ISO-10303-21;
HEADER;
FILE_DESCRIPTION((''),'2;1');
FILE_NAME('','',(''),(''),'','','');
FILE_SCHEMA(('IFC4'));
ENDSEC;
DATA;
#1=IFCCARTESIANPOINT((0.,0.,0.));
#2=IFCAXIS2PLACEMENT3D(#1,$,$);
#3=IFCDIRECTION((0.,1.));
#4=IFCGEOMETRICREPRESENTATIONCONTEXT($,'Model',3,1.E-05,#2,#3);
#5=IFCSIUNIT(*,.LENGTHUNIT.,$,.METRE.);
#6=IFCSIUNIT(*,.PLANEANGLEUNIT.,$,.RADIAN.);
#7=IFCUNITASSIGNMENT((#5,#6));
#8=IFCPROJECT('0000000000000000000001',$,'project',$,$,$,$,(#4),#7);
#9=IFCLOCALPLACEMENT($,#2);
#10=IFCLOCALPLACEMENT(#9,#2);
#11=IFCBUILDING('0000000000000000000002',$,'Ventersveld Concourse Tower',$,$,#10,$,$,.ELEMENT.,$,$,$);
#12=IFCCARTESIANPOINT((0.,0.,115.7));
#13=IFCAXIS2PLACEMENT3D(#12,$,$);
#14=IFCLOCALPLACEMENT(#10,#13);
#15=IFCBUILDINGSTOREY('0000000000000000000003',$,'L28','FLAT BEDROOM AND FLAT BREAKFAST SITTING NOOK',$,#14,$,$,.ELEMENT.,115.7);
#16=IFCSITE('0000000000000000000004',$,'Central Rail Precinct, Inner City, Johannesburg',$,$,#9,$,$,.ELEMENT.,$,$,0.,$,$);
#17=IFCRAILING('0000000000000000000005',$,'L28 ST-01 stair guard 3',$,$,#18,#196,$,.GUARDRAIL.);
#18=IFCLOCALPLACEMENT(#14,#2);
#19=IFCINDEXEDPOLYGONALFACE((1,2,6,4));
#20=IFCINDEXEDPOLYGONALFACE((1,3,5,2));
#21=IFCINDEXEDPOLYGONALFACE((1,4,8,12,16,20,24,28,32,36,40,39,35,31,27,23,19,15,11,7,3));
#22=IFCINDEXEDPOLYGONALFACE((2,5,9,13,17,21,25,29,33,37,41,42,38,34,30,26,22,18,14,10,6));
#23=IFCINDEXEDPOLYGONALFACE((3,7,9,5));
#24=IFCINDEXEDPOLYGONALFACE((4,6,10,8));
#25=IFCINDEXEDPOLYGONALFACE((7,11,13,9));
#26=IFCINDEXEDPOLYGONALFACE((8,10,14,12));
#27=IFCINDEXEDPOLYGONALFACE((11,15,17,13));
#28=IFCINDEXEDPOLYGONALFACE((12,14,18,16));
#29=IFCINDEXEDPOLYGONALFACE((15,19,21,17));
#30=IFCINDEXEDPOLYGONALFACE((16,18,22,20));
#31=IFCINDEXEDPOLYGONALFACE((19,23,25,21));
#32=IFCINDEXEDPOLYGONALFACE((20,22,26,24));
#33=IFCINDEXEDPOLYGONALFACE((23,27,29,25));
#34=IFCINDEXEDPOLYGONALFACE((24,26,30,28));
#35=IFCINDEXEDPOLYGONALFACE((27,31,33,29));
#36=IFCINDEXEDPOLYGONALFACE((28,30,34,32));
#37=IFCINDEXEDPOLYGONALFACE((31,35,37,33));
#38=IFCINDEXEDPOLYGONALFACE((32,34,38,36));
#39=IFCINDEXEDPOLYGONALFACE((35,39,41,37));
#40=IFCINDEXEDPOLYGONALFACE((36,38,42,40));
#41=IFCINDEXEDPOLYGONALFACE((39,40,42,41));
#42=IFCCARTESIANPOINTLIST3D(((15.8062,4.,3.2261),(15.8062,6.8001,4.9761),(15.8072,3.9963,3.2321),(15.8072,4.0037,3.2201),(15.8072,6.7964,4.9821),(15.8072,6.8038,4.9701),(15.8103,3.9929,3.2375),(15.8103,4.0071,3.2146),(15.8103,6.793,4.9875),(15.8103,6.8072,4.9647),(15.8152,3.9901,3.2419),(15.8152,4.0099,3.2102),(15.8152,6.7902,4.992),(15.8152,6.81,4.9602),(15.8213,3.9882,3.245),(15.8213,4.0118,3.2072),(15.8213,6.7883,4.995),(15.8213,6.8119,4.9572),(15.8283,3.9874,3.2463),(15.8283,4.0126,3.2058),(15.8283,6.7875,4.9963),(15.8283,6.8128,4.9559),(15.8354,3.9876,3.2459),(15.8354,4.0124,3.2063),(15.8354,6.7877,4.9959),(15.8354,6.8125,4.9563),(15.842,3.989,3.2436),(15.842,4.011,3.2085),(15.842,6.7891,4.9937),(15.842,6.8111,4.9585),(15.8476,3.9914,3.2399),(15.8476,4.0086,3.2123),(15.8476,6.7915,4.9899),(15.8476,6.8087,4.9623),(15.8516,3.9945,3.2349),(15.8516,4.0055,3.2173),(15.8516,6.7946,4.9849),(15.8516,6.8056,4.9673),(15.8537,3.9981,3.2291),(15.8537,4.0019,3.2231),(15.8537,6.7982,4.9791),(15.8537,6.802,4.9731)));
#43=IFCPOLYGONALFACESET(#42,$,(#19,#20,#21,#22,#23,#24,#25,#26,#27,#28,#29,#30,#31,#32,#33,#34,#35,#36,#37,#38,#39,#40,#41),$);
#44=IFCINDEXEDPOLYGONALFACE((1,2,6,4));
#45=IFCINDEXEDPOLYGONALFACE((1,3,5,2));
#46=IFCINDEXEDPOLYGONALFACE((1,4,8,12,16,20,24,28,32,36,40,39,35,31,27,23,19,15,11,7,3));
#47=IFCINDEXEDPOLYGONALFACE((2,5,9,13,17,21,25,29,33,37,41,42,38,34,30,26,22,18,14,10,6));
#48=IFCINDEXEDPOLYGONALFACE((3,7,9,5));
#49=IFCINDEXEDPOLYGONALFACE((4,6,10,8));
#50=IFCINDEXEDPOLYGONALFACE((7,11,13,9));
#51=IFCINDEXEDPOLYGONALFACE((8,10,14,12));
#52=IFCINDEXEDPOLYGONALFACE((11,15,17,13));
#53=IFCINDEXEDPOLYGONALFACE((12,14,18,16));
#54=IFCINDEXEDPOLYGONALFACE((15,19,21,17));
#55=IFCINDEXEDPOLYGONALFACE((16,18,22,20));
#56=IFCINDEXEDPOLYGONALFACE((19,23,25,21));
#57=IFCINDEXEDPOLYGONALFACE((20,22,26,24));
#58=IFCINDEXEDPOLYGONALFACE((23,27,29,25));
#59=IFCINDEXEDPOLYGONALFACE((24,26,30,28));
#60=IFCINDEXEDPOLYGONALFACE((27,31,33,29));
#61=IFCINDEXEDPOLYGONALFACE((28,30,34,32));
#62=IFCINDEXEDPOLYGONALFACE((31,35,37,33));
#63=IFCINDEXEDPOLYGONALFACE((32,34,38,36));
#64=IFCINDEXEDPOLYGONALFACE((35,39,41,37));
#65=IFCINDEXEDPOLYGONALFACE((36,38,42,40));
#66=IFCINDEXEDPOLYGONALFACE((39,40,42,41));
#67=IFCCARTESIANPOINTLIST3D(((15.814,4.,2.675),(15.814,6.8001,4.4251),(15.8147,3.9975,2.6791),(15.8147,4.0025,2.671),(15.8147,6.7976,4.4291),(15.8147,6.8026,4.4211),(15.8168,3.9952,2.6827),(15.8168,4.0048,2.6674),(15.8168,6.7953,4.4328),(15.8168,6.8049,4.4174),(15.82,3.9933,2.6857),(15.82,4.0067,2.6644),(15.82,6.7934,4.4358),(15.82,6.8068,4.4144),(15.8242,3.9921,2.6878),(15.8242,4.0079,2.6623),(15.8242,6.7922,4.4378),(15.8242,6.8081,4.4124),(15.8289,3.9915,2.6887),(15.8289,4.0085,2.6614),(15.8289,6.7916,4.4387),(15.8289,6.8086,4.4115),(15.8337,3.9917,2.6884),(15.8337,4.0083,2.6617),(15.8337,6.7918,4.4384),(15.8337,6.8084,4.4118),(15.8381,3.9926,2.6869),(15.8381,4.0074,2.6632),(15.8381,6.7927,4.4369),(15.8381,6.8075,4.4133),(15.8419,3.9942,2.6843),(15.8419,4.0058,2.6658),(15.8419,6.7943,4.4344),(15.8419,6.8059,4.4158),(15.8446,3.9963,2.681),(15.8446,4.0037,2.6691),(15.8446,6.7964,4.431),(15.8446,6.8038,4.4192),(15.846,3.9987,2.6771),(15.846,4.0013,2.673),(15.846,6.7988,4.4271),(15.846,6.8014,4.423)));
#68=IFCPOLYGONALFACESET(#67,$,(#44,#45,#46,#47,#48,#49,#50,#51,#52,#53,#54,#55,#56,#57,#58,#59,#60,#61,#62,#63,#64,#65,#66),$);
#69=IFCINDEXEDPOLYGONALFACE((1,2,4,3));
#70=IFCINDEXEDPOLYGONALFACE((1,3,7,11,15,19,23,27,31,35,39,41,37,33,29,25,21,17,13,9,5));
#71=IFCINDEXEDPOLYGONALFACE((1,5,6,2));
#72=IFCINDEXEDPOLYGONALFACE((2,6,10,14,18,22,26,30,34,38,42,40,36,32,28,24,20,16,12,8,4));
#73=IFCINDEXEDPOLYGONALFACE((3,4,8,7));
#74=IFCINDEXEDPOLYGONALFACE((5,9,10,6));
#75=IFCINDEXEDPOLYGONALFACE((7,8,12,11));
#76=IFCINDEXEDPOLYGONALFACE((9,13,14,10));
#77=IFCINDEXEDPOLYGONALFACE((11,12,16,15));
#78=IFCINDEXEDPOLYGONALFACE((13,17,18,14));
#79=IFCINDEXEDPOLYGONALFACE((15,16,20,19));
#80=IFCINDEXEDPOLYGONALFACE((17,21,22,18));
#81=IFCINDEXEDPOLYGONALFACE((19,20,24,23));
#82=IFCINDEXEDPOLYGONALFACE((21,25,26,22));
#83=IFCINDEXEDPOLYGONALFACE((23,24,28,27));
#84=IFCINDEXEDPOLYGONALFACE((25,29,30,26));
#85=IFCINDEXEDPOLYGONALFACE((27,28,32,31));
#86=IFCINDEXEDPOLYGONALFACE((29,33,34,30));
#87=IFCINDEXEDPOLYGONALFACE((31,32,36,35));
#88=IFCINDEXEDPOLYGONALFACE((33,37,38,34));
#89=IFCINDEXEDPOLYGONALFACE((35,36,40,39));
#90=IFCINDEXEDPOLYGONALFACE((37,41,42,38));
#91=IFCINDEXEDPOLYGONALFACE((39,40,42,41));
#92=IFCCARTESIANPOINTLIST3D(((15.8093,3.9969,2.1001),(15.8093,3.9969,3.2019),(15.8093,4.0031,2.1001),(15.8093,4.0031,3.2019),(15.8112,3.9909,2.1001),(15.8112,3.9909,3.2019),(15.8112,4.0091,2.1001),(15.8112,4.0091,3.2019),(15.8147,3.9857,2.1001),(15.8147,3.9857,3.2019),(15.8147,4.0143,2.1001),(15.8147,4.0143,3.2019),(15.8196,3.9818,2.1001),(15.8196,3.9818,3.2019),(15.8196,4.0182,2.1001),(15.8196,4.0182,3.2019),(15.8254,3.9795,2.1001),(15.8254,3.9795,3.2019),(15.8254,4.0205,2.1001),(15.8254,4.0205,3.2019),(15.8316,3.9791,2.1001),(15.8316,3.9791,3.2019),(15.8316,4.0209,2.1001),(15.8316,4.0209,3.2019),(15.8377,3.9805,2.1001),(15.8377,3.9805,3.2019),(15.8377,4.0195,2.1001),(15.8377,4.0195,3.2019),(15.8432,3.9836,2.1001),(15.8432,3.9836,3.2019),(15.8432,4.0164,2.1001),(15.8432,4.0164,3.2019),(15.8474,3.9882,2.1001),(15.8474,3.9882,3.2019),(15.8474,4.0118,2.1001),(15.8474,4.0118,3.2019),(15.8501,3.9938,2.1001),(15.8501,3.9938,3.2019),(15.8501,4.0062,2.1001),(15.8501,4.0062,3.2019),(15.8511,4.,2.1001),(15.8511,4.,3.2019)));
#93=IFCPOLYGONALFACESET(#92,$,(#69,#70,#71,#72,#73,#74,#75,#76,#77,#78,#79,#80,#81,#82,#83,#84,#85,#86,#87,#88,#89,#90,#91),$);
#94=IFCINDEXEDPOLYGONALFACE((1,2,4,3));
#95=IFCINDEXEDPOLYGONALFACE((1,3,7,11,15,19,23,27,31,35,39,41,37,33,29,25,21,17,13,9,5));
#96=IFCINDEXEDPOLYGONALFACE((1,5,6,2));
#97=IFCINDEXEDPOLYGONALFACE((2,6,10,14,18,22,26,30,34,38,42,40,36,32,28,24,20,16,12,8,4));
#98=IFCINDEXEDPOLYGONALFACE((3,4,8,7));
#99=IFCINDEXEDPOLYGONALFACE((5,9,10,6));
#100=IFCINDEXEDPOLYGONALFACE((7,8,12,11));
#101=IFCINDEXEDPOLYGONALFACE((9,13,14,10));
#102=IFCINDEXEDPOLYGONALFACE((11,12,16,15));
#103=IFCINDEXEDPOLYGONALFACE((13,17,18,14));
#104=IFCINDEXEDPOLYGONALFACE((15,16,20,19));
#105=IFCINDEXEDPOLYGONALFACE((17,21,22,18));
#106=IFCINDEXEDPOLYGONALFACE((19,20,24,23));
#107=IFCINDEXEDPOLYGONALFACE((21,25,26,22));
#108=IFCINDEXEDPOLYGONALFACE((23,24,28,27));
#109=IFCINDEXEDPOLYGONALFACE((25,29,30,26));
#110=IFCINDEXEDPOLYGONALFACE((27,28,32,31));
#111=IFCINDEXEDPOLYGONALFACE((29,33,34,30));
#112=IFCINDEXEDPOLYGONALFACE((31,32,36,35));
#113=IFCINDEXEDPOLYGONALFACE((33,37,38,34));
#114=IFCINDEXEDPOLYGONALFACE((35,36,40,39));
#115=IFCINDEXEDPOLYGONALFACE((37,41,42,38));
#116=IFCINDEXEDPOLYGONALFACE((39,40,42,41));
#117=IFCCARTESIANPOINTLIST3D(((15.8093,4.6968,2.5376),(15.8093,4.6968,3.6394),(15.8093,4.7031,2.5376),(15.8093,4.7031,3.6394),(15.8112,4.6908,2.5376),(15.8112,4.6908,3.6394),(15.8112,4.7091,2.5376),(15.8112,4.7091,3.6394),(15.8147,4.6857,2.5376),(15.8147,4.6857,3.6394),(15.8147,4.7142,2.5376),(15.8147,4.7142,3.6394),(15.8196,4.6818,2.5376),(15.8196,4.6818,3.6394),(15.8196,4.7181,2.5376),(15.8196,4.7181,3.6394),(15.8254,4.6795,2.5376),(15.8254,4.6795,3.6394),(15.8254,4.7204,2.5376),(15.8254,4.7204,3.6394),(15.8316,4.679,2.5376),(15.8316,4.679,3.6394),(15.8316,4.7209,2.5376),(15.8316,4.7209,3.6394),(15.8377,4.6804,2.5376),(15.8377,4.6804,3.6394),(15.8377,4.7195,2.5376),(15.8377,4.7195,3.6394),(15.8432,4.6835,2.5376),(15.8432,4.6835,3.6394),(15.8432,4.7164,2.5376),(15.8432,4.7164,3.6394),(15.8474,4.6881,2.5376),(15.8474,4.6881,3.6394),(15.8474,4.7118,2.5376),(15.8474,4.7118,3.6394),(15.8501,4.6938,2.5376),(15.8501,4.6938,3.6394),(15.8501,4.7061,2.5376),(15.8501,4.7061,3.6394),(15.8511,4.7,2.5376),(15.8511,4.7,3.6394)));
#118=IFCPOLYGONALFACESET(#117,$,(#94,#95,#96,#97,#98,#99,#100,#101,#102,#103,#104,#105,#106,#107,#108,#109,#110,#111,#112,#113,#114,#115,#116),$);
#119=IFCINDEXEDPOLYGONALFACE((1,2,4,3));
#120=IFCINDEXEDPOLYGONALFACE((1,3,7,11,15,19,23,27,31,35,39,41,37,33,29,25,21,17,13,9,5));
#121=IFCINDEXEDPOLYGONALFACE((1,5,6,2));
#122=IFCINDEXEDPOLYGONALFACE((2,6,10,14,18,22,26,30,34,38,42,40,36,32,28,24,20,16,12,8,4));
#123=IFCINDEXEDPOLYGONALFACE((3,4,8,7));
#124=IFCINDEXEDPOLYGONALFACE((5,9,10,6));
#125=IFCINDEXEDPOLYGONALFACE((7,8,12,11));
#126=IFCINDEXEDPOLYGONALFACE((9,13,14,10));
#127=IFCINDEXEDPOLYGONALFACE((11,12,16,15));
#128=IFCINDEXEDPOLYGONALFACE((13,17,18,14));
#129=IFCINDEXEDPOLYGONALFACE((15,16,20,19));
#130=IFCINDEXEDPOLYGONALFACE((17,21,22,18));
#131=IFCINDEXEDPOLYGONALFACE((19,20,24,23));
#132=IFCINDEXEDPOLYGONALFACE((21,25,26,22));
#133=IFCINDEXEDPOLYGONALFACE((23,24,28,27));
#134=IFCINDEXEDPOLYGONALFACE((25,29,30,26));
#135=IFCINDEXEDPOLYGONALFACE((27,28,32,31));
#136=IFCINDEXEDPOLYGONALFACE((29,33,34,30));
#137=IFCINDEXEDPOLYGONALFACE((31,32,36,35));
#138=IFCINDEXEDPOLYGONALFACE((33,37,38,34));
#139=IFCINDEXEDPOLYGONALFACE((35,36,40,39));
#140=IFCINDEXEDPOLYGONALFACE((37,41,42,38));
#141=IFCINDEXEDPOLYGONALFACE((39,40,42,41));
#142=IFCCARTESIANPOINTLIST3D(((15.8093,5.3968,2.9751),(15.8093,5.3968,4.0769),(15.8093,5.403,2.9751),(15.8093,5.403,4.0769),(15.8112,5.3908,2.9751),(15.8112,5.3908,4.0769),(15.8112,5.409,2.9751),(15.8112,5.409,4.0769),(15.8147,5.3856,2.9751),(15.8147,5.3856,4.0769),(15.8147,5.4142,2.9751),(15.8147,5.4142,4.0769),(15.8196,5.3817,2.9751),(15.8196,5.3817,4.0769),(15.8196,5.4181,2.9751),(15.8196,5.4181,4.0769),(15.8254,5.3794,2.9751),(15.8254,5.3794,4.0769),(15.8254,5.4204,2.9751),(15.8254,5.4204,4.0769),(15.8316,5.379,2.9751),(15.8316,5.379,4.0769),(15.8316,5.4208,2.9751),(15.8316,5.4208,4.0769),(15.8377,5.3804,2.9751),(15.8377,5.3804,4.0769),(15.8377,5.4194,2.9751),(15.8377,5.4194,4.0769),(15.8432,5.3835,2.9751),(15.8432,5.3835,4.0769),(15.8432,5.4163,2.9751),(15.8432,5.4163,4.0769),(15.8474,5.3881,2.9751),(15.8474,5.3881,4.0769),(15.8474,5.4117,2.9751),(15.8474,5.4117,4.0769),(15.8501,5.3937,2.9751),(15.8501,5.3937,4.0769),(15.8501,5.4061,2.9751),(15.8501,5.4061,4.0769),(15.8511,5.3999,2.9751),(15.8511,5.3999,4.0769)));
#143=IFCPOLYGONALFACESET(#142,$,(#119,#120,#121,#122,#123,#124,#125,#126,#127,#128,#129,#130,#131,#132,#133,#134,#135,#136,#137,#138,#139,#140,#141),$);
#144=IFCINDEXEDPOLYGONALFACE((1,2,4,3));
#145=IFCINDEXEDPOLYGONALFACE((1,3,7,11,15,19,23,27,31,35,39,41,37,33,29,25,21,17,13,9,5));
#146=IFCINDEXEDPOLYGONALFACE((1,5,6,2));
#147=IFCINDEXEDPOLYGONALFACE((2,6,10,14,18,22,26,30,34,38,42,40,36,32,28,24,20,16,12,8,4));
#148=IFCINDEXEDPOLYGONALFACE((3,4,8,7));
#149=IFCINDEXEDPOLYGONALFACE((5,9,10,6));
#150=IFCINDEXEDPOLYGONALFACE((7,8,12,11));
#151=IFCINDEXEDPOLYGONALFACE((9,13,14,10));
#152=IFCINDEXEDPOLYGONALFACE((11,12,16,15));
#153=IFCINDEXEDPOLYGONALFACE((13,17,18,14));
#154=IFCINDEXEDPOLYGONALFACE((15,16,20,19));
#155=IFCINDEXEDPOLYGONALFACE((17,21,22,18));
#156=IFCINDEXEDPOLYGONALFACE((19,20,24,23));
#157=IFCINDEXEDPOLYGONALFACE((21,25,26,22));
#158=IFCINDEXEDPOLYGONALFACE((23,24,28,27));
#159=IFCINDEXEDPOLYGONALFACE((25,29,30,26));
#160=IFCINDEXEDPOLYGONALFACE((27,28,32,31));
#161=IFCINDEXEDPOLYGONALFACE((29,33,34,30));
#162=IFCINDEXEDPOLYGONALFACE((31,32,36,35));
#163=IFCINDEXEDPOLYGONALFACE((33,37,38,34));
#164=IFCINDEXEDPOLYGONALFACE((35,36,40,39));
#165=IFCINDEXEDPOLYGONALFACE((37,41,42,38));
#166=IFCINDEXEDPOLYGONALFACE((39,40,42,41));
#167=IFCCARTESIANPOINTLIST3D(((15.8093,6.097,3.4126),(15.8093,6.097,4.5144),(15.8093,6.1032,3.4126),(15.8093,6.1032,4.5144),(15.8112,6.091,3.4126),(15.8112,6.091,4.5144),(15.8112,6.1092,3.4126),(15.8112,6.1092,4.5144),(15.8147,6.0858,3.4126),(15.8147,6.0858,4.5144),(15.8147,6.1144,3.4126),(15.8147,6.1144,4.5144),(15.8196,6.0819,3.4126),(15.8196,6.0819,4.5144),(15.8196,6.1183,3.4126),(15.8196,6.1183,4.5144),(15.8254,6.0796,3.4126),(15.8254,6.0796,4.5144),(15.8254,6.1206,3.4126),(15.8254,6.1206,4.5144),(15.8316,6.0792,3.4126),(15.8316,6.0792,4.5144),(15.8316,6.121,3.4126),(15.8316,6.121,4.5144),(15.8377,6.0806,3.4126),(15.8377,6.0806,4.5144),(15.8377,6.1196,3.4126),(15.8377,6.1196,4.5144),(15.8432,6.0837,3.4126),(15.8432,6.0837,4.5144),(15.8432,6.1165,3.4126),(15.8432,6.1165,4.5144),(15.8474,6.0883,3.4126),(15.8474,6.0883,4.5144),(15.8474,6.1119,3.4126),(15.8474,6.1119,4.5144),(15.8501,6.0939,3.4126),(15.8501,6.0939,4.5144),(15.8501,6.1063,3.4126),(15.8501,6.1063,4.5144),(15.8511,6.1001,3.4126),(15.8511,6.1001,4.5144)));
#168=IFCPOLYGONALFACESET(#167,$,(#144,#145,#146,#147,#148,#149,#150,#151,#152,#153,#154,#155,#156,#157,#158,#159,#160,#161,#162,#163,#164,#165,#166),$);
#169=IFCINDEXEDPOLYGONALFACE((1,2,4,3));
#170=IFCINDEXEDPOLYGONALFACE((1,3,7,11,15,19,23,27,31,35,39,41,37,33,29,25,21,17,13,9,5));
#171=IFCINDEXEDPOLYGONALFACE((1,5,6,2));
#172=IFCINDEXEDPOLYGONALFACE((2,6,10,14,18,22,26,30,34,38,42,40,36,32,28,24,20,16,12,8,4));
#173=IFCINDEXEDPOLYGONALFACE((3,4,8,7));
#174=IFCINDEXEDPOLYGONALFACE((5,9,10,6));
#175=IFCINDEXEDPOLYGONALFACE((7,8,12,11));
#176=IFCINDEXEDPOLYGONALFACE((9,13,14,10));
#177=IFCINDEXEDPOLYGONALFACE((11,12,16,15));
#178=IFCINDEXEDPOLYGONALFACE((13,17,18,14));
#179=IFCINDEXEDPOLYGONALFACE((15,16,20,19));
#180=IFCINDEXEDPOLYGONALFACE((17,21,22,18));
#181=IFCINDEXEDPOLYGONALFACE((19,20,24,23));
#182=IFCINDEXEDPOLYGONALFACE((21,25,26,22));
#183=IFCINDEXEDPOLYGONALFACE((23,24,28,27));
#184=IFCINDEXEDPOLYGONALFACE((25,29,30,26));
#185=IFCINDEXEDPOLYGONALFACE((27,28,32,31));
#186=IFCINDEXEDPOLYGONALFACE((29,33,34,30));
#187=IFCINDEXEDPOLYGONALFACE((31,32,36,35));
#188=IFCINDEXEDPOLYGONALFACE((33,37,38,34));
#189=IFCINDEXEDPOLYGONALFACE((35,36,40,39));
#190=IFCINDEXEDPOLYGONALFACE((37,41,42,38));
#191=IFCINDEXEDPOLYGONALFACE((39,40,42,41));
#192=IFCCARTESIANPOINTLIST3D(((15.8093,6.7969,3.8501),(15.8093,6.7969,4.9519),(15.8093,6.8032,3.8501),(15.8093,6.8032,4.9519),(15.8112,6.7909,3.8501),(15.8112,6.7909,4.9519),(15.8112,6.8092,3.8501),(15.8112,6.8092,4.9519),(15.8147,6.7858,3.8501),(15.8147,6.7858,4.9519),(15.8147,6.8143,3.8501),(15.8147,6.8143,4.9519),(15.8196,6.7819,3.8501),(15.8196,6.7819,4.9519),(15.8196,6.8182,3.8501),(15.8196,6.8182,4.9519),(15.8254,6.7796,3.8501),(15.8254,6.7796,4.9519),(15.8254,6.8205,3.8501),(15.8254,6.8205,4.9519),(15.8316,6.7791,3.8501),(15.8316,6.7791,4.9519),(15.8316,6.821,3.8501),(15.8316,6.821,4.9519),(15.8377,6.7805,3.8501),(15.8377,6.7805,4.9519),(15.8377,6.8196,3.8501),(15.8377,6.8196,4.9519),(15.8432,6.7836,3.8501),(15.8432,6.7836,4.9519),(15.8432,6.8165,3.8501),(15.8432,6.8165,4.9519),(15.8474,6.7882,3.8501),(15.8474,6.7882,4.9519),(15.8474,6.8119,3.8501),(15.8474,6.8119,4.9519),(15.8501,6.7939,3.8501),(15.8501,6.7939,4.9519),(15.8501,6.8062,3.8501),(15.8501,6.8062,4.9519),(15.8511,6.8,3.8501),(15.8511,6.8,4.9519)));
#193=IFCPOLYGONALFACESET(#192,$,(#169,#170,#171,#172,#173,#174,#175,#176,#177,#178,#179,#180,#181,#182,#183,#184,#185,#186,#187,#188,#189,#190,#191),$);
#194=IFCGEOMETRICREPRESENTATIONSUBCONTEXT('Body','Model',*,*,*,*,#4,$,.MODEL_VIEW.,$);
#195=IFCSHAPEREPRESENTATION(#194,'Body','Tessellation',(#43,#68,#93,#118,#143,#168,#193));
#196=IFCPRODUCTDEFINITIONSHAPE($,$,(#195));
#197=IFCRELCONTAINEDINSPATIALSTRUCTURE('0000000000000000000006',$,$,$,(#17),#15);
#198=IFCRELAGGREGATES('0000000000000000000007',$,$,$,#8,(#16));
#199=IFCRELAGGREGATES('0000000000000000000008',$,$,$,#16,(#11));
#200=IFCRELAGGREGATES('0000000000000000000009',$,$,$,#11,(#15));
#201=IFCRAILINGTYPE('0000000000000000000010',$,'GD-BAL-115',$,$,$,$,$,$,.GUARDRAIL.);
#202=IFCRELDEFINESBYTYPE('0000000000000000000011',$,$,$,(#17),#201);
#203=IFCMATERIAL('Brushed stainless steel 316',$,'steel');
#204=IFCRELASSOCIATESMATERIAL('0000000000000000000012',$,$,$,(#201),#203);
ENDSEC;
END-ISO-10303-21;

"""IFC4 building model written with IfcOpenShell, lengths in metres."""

from ifc_helpers import new_model, si_unit, direction, frame, origin, origin_2d, place, context, subcontext, project, spatial, circle, extrude, material, type_object, element, save


model = new_model("IFC4")

# Units and contexts
model_context = context("Model", 3, precision=1e-05, world=origin(), true_north=direction((0.0, 1.0)))
body_context = subcontext(model_context, "Body", "Model", "MODEL_VIEW")
ifc_project = project(units=[si_unit("LENGTHUNIT", "METRE"), si_unit("PLANEANGLEUNIT", "RADIAN")], contexts=[model_context])

# Site, building, storey
site_placement = place(None, origin())
site = spatial("IfcSite", under=ifc_project, at=site_placement, Name="Central Rail Precinct, Inner City, Johannesburg", CompositionType="ELEMENT", RefElevation=0.0)
building_placement = place(site_placement, origin())
building = spatial("IfcBuilding", under=site, at=building_placement, Name="Ventersveld Concourse Tower", CompositionType="ELEMENT")
storey_placement = place(building_placement, frame((0.0, 0.0, 115.7)))
storey = spatial("IfcBuildingStorey", under=building, at=storey_placement, Name="L28", Description="FLAT BEDROOM AND FLAT BREAKFAST SITTING NOOK", CompositionType="ELEMENT", Elevation=115.7)

# Railing
ifc_material_1 = material(Name="Brushed stainless steel 316", Category="steel")
railing_type_1 = type_object("IfcRailingType", Name="GD-BAL-115", PredefinedType="GUARDRAIL", material=ifc_material_1)
railing_1_placement = place(storey_placement, frame((15.8301, 4.0, 2.1001)))
element("IfcRailing", 1, at=railing_1_placement, inside=storey, type_object=railing_type_1, Name="L28 ST-01 stair guard 3", PredefinedType="GUARDRAIL", context=body_context, shape_type="SweptSolid", body=[
    extrude(circle(Radius=0.0239, at=origin_2d()), frame((0.0, 0.0, 1.126), z_axis=(0.0, 0.848002, 0.529992), x_axis=(-1.0, 0.0, 0.0)), (0.0, 0.0, 1.0), 3.302),
    extrude(circle(Radius=0.0161, at=origin_2d()), frame((0.0, 0.0, 0.575), z_axis=(0.0, 0.848002, 0.529992), x_axis=(-1.0, 0.0, 0.0)), (0.0, 0.0, 1.0), 3.302),
    extrude(circle(Radius=0.021, at=origin_2d()), origin(), (0.0, 0.0, 1.0), 1.1018),
    extrude(circle(Radius=0.021, at=origin_2d()), frame((0.0, 0.7, 0.4375)), (0.0, 0.0, 1.0), 1.1018),
    extrude(circle(Radius=0.021, at=origin_2d()), frame((0.0, 1.3999, 0.875)), (0.0, 0.0, 1.0), 1.1018),
    extrude(circle(Radius=0.021, at=origin_2d()), frame((0.0, 2.1001, 1.3125)), (0.0, 0.0, 1.0), 1.1018),
    extrude(circle(Radius=0.021, at=origin_2d()), frame((0.0, 2.8, 1.75)), (0.0, 0.0, 1.0), 1.1018),
])

save(model, "model.ifc")
